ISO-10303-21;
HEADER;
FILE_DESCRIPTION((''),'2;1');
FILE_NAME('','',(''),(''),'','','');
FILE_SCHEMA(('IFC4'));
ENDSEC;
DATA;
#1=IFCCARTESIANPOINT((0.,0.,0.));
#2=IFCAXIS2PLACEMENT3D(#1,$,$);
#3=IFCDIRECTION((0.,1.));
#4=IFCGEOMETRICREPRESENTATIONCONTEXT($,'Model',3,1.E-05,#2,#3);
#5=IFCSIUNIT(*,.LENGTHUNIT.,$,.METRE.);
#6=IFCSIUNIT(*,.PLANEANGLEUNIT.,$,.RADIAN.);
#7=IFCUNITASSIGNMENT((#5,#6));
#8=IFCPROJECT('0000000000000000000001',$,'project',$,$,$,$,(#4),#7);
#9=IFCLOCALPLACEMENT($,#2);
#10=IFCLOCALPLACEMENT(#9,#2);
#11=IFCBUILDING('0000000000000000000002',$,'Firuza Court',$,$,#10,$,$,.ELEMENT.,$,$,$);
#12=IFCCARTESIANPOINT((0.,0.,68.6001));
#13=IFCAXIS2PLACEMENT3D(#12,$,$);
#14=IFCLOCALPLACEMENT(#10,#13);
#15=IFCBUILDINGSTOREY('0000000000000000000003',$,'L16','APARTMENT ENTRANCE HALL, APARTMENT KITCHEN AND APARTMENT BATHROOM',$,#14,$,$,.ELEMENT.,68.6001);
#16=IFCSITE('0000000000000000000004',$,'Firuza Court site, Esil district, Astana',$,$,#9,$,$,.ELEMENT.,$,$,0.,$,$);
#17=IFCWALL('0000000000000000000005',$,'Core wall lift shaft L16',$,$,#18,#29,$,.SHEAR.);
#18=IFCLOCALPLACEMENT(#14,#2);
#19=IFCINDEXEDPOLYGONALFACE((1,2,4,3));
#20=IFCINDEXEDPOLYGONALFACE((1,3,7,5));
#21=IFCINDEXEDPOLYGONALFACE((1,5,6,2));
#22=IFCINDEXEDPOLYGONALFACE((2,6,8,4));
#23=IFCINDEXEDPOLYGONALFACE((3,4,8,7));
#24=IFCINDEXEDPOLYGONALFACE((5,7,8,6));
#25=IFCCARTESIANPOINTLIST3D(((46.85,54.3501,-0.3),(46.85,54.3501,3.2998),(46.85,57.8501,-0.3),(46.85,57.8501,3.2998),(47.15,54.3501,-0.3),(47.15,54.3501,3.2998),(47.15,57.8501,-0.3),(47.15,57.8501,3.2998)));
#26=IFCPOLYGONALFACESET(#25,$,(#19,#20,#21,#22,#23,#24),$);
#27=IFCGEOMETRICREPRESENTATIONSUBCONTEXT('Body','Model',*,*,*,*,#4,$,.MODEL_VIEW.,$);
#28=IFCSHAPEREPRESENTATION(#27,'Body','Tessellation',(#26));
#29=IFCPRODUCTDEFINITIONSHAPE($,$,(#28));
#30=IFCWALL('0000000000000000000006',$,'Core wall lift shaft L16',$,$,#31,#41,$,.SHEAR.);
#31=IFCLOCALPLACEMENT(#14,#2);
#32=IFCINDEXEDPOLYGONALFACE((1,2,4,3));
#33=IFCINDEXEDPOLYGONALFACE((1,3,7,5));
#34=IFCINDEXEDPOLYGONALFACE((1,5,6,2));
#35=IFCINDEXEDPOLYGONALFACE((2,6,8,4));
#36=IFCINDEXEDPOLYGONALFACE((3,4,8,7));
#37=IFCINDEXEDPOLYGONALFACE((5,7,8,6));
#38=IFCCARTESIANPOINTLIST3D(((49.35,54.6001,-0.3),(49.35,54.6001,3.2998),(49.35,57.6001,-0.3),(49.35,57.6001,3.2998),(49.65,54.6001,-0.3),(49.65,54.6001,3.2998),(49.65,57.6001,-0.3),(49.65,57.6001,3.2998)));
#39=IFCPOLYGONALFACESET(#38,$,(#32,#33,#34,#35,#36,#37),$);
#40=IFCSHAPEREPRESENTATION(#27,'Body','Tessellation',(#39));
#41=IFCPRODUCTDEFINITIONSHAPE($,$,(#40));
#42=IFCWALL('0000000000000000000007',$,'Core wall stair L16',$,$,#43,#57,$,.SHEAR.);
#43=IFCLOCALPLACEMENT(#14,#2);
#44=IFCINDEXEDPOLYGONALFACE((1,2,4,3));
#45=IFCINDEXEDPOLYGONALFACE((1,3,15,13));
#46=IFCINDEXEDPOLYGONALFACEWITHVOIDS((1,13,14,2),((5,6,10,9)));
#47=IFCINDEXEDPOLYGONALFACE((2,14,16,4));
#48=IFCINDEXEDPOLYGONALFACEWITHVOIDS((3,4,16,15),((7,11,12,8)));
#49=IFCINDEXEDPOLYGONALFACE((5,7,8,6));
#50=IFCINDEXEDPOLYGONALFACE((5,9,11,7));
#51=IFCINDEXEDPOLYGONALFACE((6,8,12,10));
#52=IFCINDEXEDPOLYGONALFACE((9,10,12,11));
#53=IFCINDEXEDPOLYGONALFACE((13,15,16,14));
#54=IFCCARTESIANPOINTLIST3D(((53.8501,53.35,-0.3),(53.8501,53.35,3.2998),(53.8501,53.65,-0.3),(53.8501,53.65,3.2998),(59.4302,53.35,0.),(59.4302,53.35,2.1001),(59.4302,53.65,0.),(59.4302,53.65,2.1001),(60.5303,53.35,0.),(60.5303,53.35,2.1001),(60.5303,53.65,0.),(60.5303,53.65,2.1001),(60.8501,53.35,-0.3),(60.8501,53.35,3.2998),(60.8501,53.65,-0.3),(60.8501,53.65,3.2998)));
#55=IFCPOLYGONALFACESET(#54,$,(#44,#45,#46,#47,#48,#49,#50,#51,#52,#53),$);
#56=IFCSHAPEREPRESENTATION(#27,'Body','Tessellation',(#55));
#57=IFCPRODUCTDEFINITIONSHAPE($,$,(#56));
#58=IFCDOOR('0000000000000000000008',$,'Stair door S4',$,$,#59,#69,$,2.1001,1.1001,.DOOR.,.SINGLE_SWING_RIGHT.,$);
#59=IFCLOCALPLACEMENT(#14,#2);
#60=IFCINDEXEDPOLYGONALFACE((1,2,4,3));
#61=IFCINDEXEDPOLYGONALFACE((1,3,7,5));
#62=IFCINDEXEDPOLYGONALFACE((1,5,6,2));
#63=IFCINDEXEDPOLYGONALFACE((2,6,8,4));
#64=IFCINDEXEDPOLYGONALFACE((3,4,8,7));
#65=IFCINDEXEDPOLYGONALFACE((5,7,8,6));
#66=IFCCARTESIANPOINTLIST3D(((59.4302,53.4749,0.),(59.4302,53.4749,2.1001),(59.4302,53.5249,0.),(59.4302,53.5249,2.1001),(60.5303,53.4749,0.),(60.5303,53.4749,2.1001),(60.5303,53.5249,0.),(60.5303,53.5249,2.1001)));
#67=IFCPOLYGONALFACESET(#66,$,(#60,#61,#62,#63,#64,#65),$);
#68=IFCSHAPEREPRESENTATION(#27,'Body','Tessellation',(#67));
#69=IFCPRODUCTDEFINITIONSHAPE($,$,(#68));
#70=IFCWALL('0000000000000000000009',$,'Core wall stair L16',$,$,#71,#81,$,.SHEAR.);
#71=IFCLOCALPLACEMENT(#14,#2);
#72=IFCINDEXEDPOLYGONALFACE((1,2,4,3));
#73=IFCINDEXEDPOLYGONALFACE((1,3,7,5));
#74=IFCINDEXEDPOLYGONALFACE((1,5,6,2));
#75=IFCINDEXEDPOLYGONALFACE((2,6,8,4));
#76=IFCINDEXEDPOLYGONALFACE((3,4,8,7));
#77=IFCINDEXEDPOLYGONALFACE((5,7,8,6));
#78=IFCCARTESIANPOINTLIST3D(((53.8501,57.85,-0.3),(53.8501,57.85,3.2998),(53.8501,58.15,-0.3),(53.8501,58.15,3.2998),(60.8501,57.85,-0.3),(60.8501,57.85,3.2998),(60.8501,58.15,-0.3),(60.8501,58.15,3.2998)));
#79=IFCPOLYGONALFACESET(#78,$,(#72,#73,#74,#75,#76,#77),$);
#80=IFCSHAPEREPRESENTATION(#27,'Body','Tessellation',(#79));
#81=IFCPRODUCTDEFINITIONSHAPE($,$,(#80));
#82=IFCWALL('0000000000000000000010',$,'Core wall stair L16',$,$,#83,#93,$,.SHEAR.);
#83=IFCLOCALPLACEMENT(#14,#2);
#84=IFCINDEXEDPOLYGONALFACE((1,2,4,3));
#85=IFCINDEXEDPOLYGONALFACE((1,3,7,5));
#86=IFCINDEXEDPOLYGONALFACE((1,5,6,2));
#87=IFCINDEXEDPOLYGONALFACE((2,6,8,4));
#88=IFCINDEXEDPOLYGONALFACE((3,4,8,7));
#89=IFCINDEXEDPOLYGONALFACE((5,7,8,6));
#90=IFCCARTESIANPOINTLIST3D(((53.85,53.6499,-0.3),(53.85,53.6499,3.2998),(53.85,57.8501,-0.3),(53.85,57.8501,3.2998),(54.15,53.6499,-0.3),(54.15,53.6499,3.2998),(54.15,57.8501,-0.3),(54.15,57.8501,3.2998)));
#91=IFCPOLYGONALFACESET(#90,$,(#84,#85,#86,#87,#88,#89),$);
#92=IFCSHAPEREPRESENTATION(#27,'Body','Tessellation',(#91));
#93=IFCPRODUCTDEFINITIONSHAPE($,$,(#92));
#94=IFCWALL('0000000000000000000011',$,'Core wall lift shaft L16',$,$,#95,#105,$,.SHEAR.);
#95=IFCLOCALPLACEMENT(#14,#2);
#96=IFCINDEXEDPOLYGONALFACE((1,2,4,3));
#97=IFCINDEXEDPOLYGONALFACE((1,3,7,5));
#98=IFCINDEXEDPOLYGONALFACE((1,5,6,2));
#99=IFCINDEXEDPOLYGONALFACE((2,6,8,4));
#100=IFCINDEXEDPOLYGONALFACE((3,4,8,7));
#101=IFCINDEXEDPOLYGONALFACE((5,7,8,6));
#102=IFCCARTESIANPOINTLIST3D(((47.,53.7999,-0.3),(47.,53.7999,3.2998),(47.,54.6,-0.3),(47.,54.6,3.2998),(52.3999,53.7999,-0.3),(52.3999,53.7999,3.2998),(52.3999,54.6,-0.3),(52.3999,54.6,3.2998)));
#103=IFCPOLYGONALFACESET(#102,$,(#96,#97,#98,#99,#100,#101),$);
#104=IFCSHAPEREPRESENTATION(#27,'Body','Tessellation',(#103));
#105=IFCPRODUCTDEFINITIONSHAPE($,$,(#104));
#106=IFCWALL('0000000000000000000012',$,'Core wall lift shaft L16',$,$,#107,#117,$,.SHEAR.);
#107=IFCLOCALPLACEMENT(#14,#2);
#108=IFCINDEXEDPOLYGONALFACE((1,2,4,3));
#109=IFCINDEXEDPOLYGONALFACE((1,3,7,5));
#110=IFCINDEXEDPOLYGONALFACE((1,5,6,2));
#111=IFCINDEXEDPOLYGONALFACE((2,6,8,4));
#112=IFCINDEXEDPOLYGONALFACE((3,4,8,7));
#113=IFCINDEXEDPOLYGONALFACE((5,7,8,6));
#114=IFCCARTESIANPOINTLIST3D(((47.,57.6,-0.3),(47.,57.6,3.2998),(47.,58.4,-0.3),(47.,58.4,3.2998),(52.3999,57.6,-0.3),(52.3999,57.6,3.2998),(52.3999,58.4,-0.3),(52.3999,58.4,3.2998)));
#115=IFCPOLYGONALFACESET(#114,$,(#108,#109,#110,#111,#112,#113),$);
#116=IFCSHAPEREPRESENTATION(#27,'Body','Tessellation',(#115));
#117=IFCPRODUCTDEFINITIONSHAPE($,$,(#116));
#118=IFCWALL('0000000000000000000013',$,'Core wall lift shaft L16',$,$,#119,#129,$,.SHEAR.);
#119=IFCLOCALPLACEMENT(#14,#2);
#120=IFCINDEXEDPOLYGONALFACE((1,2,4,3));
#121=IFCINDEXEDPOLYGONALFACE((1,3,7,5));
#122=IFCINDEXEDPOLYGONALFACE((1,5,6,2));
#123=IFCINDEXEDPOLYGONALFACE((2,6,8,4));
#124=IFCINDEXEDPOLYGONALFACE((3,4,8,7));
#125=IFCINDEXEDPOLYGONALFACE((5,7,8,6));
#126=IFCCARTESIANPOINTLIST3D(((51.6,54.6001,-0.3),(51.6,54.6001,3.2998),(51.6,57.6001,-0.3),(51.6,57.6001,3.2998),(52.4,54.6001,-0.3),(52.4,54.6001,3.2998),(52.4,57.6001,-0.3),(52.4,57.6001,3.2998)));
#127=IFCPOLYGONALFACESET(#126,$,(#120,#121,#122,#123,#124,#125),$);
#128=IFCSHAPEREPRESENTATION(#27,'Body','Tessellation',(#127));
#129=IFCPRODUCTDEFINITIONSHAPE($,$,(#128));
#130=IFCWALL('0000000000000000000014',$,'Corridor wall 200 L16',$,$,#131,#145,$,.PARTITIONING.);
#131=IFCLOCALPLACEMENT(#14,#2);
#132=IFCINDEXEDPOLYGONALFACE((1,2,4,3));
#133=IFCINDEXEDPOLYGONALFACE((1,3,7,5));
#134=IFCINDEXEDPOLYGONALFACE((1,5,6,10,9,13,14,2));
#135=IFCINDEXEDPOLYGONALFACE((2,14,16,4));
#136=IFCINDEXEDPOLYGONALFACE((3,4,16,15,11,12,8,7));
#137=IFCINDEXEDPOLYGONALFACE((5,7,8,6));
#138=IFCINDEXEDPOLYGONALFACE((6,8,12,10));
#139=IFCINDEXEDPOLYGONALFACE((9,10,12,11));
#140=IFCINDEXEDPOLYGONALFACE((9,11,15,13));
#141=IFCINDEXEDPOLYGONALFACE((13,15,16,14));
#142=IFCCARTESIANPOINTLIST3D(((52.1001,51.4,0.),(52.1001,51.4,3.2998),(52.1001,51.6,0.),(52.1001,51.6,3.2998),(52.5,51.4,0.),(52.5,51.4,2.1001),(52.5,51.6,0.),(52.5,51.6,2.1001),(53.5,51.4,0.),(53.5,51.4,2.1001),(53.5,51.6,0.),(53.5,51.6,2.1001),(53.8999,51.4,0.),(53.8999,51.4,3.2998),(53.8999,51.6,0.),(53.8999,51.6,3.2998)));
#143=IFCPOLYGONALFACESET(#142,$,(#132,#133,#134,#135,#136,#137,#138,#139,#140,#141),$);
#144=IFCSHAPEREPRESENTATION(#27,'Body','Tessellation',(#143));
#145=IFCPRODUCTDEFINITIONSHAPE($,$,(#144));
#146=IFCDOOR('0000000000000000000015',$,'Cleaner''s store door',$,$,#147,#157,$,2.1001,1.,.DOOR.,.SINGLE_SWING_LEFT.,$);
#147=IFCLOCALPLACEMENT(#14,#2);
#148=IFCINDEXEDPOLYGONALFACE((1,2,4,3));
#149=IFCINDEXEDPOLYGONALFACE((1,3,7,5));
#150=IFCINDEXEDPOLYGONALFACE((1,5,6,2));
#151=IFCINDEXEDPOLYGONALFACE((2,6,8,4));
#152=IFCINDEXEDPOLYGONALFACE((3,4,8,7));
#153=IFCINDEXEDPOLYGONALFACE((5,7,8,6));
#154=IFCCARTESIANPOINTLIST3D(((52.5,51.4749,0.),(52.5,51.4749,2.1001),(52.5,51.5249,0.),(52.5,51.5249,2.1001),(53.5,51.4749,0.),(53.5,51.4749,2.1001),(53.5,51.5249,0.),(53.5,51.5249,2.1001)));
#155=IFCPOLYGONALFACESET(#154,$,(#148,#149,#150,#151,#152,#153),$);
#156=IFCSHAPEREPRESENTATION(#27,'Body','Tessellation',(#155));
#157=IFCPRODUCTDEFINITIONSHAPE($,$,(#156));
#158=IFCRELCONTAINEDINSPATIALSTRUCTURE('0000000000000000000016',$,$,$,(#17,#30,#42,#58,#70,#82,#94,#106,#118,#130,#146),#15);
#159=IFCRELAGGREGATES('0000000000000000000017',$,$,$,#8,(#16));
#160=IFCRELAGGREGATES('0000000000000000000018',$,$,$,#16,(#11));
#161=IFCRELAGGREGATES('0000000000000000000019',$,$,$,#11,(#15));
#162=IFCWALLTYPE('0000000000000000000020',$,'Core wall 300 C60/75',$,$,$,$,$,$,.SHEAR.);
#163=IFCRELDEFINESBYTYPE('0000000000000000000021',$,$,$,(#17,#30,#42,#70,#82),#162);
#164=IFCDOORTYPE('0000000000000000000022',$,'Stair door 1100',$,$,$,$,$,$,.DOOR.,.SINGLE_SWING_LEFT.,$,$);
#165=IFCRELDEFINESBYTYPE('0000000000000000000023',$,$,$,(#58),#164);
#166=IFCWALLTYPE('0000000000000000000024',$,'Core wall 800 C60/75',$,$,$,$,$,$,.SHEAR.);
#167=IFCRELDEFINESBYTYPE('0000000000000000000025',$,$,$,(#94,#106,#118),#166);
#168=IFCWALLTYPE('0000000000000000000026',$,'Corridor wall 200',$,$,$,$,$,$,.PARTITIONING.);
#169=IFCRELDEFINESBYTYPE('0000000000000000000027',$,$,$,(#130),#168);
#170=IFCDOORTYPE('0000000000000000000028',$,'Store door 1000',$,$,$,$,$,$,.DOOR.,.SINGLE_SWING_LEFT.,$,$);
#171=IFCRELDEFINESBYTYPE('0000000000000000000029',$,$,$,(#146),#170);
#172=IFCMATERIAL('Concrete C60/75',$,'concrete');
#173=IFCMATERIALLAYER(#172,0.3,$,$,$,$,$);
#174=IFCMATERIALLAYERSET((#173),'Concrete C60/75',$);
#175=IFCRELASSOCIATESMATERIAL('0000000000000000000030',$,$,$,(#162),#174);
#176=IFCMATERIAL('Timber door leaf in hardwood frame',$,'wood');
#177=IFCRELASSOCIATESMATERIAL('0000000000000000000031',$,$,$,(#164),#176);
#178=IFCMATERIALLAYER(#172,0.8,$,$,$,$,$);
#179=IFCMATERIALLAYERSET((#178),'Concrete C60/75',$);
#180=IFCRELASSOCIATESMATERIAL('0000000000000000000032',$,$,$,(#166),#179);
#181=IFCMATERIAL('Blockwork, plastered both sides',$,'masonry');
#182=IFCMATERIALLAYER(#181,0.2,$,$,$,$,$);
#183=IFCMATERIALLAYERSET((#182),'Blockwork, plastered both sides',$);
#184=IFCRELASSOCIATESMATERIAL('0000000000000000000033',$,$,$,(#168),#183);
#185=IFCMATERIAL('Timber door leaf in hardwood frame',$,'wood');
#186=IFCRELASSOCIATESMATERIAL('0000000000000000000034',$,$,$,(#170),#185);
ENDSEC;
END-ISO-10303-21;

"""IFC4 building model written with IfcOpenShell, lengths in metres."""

from ifc_helpers import new_model, si_unit, direction, frame, frame_2d, origin, place, context, subcontext, project, spatial, rectangle, extrude, material, layer, layer_set, type_object, element, fill, save


model = new_model("IFC4")

# Units and contexts
model_context = context("Model", 3, precision=1e-05, world=origin(), true_north=direction((0.0, 1.0)))
body_context = subcontext(model_context, "Body", "Model", "MODEL_VIEW")
ifc_project = project(units=[si_unit("LENGTHUNIT", "METRE"), si_unit("PLANEANGLEUNIT", "RADIAN")], contexts=[model_context])

# Site, building, storey
site_placement = place(None, origin())
site = spatial("IfcSite", under=ifc_project, at=site_placement, Name="Firuza Court site, Esil district, Astana", CompositionType="ELEMENT", RefElevation=0.0)
building_placement = place(site_placement, origin())
building = spatial("IfcBuilding", under=site, at=building_placement, Name="Firuza Court", CompositionType="ELEMENT")
storey_placement = place(building_placement, frame((0.0, 0.0, 68.6001)))
storey = spatial("IfcBuildingStorey", under=building, at=storey_placement, Name="L16", Description="APARTMENT ENTRANCE HALL, APARTMENT KITCHEN AND APARTMENT BATHROOM", CompositionType="ELEMENT", Elevation=68.6001)

# Walls
ifc_material_1 = material(Name="Concrete C60/75", Category="concrete")
ifc_layer_1 = layer(ifc_material_1, 0.3)
ifc_layer_set_1 = layer_set([ifc_layer_1], Name="Concrete C60/75")
wall_type_1 = type_object("IfcWallType", Name="Core wall 300 C60/75", PredefinedType="SHEAR", material=ifc_layer_set_1)
wall_1_placement = place(storey_placement, frame((47.0, 54.3501, -0.3), z_axis=(0.0, 0.0, 1.0), x_axis=(0.0, 1.0, 0.0)))
element("IfcWall", 1, at=wall_1_placement, inside=storey, type_object=wall_type_1, Name="Core wall lift shaft L16", PredefinedType="SHEAR", context=body_context, shape_type="SweptSolid", body=[
    extrude(rectangle(XDim=3.5, YDim=0.3, at=frame_2d((1.75, 0.0))), origin(), (0.0, 0.0, 1.0), 3.5999),
])
wall_2_placement = place(storey_placement, frame((49.5, 54.6001, -0.3), z_axis=(0.0, 0.0, 1.0), x_axis=(0.0, 1.0, 0.0)))
element("IfcWall", 2, at=wall_2_placement, inside=storey, type_object=wall_type_1, Name="Core wall lift shaft L16", PredefinedType="SHEAR", context=body_context, shape_type="SweptSolid", body=[
    extrude(rectangle(XDim=3.0, YDim=0.3, at=frame_2d((1.5, 0.0))), origin(), (0.0, 0.0, 1.0), 3.5999),
])

# Wall, opening, door
wall_3_placement = place(storey_placement, frame((53.8501, 53.5, -0.3), z_axis=(0.0, 0.0, 1.0), x_axis=(1.0, 0.0, 0.0)))
wall_3 = element("IfcWall", 3, at=wall_3_placement, inside=storey, type_object=wall_type_1, Name="Core wall stair L16", PredefinedType="SHEAR", context=body_context, shape_type="SweptSolid", body=[
    extrude(rectangle(XDim=7.0, YDim=0.3, at=frame_2d((3.5, 0.0))), origin(), (0.0, 0.0, 1.0), 3.5999),
])
opening_1_placement = place(wall_3_placement, frame((5.5801, 0.0, 0.3)))
opening_1 = element("IfcOpeningElement", 4, at=opening_1_placement, cuts=wall_3, PredefinedType="OPENING", context=body_context, shape_type="SweptSolid", body=[
    extrude(rectangle(XDim=1.1001, YDim=2.1001, at=frame_2d((0.55, 1.05))), frame((0.0, 0.1621, 0.0), z_axis=(0.0, -1.0, 0.0), x_axis=(1.0, 0.0, 0.0)), (0.0, 0.0, 1.0), 0.324),
])
ifc_material_2 = material(Name="Timber door leaf in hardwood frame", Category="wood")
door_type_1 = type_object("IfcDoorType", Name="Stair door 1100", OperationType="SINGLE_SWING_LEFT", PredefinedType="DOOR", material=ifc_material_2)
door_1_placement = place(opening_1_placement, origin())
door_1 = element("IfcDoor", 5, at=door_1_placement, inside=storey, type_object=door_type_1, Name="Stair door S4", OperationType="SINGLE_SWING_RIGHT", OverallHeight=2.1001, OverallWidth=1.1001, PredefinedType="DOOR", context=body_context, shape_type="SweptSolid", body=[
    extrude(rectangle(XDim=1.1001, YDim=2.1001, at=frame_2d((0.55, 1.05))), frame((0.0, 0.0249, 0.0), z_axis=(0.0, -1.0, 0.0), x_axis=(1.0, 0.0, 0.0)), (0.0, 0.0, 1.0), 0.05),
])
fill(opening_1, door_1)

# Walls
wall_4_placement = place(storey_placement, frame((53.8501, 58.0, -0.3), z_axis=(0.0, 0.0, 1.0), x_axis=(1.0, 0.0, 0.0)))
element("IfcWall", 6, at=wall_4_placement, inside=storey, type_object=wall_type_1, Name="Core wall stair L16", PredefinedType="SHEAR", context=body_context, shape_type="SweptSolid", body=[
    extrude(rectangle(XDim=7.0, YDim=0.3, at=frame_2d((3.5, 0.0))), origin(), (0.0, 0.0, 1.0), 3.5999),
])
wall_5_placement = place(storey_placement, frame((54.0, 53.6499, -0.3), z_axis=(0.0, 0.0, 1.0), x_axis=(0.0, 1.0, 0.0)))
element("IfcWall", 7, at=wall_5_placement, inside=storey, type_object=wall_type_1, Name="Core wall stair L16", PredefinedType="SHEAR", context=body_context, shape_type="SweptSolid", body=[
    extrude(rectangle(XDim=4.2002, YDim=0.3, at=frame_2d((2.1001, 0.0))), origin(), (0.0, 0.0, 1.0), 3.5999),
])
ifc_layer_2 = layer(ifc_material_1, 0.8)
ifc_layer_set_2 = layer_set([ifc_layer_2], Name="Concrete C60/75")
wall_type_2 = type_object("IfcWallType", Name="Core wall 800 C60/75", PredefinedType="SHEAR", material=ifc_layer_set_2)
for number, where, z_axis, x_axis, name in (
    (8, (47.0, 54.2, -0.3), (0.0, 0.0, 1.0), (1.0, 0.0, 0.0), "Core wall lift shaft L16"),
    (9, (47.0, 58.0, -0.3), (0.0, 0.0, 1.0), (1.0, 0.0, 0.0), "Core wall lift shaft L16"),
):
    element("IfcWall", number, at=place(storey_placement, frame(where, z_axis=z_axis, x_axis=x_axis)), inside=storey, type_object=wall_type_2, Name=name, PredefinedType="SHEAR", context=body_context, shape_type="SweptSolid", body=[
        extrude(rectangle(XDim=5.3999, YDim=0.8, at=frame_2d((2.7, 0.0))), origin(), (0.0, 0.0, 1.0), 3.5999),
    ])
wall_6_placement = place(storey_placement, frame((52.0, 54.6001, -0.3), z_axis=(0.0, 0.0, 1.0), x_axis=(0.0, 1.0, 0.0)))
element("IfcWall", 10, at=wall_6_placement, inside=storey, type_object=wall_type_2, Name="Core wall lift shaft L16", PredefinedType="SHEAR", context=body_context, shape_type="SweptSolid", body=[
    extrude(rectangle(XDim=3.0, YDim=0.8, at=frame_2d((1.5, 0.0))), origin(), (0.0, 0.0, 1.0), 3.5999),
])

# Wall, opening, door
ifc_material_3 = material(Name="Blockwork, plastered both sides", Category="masonry")
ifc_layer_3 = layer(ifc_material_3, 0.2)
ifc_layer_set_3 = layer_set([ifc_layer_3], Name="Blockwork, plastered both sides")
wall_type_3 = type_object("IfcWallType", Name="Corridor wall 200", PredefinedType="PARTITIONING", material=ifc_layer_set_3)
wall_7_placement = place(storey_placement, frame((52.1001, 51.5, 0.0), z_axis=(0.0, 0.0, 1.0), x_axis=(1.0, 0.0, 0.0)))
wall_7 = element("IfcWall", 11, at=wall_7_placement, inside=storey, type_object=wall_type_3, Name="Corridor wall 200 L16", PredefinedType="PARTITIONING", context=body_context, shape_type="SweptSolid", body=[
    extrude(rectangle(XDim=1.7998, YDim=0.2, at=frame_2d((0.8999, 0.0))), origin(), (0.0, 0.0, 1.0), 3.2998),
])
opening_2_placement = place(wall_7_placement, frame((0.3999, 0.0, 0.0)))
opening_2 = element("IfcOpeningElement", 12, at=opening_2_placement, cuts=wall_7, PredefinedType="OPENING", context=body_context, shape_type="SweptSolid", body=[
    extrude(rectangle(XDim=1.0, YDim=2.1001, at=frame_2d((0.5, 1.05))), frame((0.0, 0.1118, 0.0), z_axis=(0.0, -1.0, 0.0), x_axis=(1.0, 0.0, 0.0)), (0.0, 0.0, 1.0), 0.2239),
])
ifc_material_4 = material(Name="Timber door leaf in hardwood frame", Category="wood")
door_type_2 = type_object("IfcDoorType", Name="Store door 1000", OperationType="SINGLE_SWING_LEFT", PredefinedType="DOOR", material=ifc_material_4)
door_2_placement = place(opening_2_placement, origin())
door_2 = element("IfcDoor", 13, at=door_2_placement, inside=storey, type_object=door_type_2, Name="Cleaner's store door", OperationType="SINGLE_SWING_LEFT", OverallHeight=2.1001, OverallWidth=1.0, PredefinedType="DOOR", context=body_context, shape_type="SweptSolid", body=[
    extrude(rectangle(XDim=1.0, YDim=2.1001, at=frame_2d((0.5, 1.05))), frame((0.0, 0.0249, 0.0), z_axis=(0.0, -1.0, 0.0), x_axis=(1.0, 0.0, 0.0)), (0.0, 0.0, 1.0), 0.05),
])
fill(opening_2, door_2)

save(model, "model.ifc")
